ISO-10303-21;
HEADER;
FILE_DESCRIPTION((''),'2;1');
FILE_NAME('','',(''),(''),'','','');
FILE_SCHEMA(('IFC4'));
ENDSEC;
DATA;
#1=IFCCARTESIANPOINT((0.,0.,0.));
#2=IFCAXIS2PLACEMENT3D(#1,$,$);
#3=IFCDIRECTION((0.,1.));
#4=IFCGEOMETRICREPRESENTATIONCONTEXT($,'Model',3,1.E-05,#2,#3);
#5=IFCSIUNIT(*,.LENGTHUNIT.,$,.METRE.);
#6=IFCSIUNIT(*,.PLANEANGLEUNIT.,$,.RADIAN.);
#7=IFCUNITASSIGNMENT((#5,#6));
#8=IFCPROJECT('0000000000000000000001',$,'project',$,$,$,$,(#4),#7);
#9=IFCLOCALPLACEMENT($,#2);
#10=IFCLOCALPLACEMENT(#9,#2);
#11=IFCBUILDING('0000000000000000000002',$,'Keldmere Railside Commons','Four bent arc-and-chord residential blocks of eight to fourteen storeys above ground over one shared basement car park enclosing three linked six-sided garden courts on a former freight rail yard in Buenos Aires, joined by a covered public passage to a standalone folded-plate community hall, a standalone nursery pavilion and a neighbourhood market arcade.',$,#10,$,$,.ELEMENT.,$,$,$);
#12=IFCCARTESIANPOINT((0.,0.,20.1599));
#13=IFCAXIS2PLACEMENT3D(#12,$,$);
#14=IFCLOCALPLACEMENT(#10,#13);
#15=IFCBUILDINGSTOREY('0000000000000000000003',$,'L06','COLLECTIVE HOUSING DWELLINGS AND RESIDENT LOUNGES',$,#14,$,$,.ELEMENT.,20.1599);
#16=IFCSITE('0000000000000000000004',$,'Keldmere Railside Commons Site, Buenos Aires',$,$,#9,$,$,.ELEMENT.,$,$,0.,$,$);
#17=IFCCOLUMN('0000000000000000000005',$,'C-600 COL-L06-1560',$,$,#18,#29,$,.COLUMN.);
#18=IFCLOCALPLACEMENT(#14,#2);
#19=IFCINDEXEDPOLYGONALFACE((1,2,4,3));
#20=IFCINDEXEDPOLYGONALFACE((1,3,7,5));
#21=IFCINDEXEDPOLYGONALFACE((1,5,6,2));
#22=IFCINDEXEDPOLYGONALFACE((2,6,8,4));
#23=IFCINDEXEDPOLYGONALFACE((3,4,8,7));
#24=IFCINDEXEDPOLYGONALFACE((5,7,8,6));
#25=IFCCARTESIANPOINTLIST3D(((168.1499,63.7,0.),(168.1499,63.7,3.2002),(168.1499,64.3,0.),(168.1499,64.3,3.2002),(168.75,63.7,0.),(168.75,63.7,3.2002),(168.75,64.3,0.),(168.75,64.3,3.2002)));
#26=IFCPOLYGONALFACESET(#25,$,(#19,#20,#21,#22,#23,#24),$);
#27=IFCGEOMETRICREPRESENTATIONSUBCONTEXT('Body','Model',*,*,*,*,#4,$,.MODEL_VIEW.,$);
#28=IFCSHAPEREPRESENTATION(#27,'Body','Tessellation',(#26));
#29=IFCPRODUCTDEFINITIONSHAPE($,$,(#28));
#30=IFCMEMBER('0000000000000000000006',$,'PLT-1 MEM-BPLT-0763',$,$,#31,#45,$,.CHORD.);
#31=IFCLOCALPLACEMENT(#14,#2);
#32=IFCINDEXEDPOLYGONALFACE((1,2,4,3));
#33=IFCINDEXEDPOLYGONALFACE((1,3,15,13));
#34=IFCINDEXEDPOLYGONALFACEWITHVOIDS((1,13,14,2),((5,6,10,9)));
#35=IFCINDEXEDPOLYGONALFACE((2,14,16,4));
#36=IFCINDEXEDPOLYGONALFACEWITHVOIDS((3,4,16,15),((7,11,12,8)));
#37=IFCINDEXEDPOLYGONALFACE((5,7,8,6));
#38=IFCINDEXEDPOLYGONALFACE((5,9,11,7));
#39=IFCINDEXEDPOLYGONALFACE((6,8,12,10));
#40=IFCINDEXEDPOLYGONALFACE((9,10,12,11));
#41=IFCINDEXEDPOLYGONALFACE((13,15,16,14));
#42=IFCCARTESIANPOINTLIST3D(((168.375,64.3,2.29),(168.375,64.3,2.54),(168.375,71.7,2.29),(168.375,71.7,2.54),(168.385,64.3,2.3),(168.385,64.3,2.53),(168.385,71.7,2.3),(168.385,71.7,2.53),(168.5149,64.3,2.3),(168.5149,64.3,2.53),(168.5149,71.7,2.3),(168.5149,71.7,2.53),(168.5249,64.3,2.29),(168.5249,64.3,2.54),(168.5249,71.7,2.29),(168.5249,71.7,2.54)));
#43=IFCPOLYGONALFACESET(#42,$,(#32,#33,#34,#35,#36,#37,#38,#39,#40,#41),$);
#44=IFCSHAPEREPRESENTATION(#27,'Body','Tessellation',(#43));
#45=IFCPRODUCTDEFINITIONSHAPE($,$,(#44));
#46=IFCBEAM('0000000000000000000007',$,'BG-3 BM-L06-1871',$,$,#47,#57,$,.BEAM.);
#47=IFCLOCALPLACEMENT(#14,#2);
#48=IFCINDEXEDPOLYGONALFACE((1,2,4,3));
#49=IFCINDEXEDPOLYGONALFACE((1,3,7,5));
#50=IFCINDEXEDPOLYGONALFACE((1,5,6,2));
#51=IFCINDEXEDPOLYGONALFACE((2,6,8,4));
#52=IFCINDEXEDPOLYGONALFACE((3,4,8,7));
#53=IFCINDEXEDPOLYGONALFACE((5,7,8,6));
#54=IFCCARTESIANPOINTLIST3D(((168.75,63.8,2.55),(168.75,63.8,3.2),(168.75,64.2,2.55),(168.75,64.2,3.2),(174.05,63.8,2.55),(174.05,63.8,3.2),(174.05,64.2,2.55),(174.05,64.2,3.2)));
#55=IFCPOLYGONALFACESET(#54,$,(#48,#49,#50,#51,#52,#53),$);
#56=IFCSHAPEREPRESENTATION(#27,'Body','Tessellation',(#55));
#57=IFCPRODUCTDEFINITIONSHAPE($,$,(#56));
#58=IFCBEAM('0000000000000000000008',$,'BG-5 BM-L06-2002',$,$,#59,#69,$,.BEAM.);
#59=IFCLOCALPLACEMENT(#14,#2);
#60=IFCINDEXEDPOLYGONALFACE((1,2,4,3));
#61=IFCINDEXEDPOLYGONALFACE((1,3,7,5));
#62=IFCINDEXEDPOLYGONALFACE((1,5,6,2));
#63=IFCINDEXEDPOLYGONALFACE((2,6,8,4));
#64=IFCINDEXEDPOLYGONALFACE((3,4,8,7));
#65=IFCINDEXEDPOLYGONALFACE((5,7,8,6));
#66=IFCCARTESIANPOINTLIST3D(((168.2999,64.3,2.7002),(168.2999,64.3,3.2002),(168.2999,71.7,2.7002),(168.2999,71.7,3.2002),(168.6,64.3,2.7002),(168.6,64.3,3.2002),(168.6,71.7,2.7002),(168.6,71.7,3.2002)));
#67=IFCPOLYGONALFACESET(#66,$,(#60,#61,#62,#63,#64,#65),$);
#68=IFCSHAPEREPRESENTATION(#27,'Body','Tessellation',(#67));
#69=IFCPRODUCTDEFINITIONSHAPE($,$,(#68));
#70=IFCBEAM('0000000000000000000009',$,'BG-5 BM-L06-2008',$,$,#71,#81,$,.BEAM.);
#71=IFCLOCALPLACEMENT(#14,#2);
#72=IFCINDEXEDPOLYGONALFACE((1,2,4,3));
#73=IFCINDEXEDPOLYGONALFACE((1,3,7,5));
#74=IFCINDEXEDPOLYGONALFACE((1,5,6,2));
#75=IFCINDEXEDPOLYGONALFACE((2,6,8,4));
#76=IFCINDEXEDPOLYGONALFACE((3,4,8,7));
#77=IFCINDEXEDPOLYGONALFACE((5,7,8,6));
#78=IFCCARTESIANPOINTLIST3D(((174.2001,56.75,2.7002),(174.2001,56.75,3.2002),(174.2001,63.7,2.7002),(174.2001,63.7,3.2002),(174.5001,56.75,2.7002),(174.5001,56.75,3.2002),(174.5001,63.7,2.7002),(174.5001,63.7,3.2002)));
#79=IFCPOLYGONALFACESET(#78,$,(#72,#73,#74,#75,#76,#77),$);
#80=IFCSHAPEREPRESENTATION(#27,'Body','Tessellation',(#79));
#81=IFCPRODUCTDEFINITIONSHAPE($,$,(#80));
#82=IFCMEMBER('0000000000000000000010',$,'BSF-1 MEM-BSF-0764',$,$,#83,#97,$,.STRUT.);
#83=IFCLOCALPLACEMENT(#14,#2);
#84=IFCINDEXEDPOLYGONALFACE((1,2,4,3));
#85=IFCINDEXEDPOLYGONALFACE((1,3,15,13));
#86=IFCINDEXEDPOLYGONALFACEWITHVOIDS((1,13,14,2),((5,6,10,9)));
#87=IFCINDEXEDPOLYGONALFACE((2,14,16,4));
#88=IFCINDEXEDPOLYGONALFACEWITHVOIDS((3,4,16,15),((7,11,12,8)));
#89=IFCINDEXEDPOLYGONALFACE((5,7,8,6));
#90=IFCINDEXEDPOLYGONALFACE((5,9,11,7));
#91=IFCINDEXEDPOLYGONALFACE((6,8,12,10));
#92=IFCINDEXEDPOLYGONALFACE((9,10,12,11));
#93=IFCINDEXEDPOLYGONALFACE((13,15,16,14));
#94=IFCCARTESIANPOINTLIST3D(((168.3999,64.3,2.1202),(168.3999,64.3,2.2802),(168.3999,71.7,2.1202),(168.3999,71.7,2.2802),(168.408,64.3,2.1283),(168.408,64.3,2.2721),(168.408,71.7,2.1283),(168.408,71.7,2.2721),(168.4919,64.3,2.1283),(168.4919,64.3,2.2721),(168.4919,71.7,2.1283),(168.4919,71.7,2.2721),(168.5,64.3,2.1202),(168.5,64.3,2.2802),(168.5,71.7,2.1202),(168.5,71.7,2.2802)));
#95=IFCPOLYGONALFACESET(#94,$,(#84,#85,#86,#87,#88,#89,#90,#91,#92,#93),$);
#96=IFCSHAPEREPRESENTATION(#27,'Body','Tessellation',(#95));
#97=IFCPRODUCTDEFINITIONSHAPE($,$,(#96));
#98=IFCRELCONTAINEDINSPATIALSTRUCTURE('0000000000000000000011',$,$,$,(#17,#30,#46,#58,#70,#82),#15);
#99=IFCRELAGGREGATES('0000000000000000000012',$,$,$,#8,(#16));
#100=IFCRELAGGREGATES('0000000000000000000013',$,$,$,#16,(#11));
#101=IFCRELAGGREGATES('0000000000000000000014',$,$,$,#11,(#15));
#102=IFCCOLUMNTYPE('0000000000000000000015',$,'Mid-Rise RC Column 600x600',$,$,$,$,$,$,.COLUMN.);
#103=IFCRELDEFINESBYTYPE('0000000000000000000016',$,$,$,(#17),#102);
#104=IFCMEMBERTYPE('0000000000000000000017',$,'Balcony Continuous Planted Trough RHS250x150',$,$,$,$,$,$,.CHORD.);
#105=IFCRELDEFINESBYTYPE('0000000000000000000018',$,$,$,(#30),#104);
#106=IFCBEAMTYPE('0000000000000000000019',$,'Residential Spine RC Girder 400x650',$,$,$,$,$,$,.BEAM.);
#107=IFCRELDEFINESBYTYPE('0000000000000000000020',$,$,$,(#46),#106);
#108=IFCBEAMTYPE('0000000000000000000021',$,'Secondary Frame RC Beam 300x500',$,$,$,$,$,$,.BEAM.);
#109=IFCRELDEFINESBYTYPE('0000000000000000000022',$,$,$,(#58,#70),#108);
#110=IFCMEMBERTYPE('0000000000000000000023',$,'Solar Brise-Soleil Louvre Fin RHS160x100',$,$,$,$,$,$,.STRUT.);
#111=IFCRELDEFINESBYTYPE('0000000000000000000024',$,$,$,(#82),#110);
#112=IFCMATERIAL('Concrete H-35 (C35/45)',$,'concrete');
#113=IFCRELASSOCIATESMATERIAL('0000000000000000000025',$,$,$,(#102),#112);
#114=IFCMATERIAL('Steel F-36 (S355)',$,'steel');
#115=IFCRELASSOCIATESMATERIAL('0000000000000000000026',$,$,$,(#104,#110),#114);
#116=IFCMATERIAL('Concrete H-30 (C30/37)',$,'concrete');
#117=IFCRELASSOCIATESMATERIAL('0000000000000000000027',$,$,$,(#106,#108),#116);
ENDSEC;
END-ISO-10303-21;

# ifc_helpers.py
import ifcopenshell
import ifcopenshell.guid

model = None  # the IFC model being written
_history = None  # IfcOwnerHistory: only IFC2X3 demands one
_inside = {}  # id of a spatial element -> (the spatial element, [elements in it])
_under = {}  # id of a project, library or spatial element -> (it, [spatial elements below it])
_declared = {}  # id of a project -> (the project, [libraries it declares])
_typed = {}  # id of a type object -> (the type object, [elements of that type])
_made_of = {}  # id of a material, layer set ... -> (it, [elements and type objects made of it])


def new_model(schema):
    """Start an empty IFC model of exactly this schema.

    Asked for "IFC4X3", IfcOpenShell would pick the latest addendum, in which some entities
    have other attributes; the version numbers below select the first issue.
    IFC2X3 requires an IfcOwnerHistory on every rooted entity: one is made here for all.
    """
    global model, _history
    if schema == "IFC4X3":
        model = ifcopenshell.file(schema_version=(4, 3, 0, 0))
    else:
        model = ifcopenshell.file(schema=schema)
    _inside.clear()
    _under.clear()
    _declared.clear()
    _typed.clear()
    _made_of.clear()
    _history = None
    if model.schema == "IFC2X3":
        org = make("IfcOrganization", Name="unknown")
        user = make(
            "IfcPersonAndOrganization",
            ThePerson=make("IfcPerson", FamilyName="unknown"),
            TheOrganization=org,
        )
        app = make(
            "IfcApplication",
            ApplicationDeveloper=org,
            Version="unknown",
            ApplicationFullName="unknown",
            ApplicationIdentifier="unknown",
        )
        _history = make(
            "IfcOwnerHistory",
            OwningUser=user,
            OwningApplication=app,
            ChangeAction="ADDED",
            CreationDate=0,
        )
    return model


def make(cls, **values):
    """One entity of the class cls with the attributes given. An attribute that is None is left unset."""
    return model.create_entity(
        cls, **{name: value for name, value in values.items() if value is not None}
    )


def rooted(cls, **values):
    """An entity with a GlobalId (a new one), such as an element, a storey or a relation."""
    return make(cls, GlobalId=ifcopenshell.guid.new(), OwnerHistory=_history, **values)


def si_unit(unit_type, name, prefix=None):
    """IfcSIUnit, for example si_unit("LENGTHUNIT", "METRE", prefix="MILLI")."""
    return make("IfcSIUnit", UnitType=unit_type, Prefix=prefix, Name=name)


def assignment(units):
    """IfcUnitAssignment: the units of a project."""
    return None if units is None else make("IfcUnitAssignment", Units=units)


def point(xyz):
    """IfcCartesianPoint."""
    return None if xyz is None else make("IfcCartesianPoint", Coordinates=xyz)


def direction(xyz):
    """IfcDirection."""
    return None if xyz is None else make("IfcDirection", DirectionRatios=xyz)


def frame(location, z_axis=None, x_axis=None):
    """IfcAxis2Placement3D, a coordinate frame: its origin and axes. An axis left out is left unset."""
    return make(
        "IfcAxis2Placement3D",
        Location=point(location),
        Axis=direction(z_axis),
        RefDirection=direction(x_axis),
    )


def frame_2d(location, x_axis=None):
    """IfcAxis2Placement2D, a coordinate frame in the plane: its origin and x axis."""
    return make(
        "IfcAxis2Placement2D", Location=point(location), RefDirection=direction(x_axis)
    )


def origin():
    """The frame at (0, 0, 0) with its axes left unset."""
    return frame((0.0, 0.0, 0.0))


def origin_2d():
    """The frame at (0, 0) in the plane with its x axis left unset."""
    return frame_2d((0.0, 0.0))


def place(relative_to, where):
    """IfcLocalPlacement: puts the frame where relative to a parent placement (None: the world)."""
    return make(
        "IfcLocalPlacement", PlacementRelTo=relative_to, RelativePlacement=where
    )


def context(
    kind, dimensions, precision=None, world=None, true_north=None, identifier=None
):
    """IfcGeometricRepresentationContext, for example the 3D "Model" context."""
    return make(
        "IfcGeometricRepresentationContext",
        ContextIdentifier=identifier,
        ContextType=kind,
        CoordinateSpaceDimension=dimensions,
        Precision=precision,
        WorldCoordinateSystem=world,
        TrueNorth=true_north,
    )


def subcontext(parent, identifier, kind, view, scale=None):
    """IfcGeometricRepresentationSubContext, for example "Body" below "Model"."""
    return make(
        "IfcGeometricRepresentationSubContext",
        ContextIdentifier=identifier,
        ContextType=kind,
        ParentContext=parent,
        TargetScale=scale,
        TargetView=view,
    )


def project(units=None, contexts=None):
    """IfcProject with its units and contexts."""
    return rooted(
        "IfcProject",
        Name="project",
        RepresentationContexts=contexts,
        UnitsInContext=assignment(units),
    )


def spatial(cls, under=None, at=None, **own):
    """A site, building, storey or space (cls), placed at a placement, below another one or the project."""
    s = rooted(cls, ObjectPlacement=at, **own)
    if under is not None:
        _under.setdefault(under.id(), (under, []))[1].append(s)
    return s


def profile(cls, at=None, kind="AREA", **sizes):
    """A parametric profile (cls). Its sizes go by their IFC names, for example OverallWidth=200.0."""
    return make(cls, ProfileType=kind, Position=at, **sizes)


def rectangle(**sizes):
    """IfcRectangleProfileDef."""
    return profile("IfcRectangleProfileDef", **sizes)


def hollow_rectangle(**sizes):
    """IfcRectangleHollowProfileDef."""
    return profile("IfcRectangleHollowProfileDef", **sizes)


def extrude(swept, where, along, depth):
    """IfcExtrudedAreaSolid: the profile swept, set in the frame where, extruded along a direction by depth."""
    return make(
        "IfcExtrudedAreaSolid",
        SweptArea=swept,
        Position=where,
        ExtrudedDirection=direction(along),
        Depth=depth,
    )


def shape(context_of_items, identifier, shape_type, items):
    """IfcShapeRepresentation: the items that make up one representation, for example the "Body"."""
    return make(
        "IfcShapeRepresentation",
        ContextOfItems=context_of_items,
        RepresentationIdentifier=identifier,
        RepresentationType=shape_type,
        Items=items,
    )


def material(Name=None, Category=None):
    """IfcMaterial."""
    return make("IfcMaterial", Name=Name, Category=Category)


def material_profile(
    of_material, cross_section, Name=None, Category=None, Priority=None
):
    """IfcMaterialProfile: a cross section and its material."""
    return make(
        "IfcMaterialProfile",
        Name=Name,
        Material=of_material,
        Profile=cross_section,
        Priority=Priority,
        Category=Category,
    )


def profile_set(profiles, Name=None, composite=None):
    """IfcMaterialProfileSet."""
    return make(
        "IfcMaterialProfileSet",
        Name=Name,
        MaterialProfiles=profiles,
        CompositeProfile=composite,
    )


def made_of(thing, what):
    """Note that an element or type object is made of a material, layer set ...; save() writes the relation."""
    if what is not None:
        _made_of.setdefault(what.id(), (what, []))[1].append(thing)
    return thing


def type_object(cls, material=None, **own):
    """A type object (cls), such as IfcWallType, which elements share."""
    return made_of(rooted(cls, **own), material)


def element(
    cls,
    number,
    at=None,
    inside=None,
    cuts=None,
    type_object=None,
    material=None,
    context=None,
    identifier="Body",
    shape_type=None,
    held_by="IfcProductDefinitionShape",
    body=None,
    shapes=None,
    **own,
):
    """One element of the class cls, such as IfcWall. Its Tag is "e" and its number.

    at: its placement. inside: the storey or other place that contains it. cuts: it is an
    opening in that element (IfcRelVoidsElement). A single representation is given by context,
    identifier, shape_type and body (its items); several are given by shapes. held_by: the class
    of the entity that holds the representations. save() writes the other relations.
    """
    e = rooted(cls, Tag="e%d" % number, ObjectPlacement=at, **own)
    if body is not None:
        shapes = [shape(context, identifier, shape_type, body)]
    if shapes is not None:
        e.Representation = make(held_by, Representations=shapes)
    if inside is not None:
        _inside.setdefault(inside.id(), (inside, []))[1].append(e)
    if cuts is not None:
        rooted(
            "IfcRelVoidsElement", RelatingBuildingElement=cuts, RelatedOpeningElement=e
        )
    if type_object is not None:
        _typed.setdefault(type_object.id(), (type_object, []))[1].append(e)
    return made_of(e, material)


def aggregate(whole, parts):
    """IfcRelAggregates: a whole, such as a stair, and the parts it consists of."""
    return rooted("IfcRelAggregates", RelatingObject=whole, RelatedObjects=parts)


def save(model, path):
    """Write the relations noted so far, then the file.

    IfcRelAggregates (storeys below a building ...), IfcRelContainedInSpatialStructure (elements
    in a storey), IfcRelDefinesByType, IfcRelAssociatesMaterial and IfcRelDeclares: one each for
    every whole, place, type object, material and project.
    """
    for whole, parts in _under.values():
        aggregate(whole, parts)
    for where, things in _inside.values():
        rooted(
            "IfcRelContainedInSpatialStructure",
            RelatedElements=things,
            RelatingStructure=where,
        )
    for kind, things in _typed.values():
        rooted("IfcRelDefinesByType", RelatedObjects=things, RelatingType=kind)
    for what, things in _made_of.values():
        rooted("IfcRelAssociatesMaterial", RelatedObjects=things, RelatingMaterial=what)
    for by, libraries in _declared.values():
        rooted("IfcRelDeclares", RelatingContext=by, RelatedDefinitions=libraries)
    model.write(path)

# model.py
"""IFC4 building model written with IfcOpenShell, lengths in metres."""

from ifc_helpers import new_model, si_unit, direction, frame, origin, origin_2d, place, context, subcontext, project, spatial, rectangle, hollow_rectangle, extrude, material, material_profile, profile_set, type_object, element, save


model = new_model("IFC4")

# Units and contexts
model_context = context("Model", 3, precision=1e-05, world=origin(), true_north=direction((0.0, 1.0)))
body_context = subcontext(model_context, "Body", "Model", "MODEL_VIEW")
ifc_project = project(units=[si_unit("LENGTHUNIT", "METRE"), si_unit("PLANEANGLEUNIT", "RADIAN")], contexts=[model_context])

# Site, building, storey
site_placement = place(None, origin())
site = spatial("IfcSite", under=ifc_project, at=site_placement, Name="Keldmere Railside Commons Site, Buenos Aires", CompositionType="ELEMENT", RefElevation=0.0)
building_placement = place(site_placement, origin())
building = spatial("IfcBuilding", under=site, at=building_placement, Name="Keldmere Railside Commons", Description="Four bent arc-and-chord residential blocks of eight to fourteen storeys above ground over one shared basement car park enclosing three linked six-sided garden courts on a former freight rail yard in Buenos Aires, joined by a covered public passage to a standalone folded-plate community hall, a standalone nursery pavilion and a neighbourhood market arcade.", CompositionType="ELEMENT")
storey_placement = place(building_placement, frame((0.0, 0.0, 20.1599)))
storey = spatial("IfcBuildingStorey", under=building, at=storey_placement, Name="L06", Description="COLLECTIVE HOUSING DWELLINGS AND RESIDENT LOUNGES", CompositionType="ELEMENT", Elevation=20.1599)

# Column
ifc_material_1 = material(Name="Concrete H-35 (C35/45)", Category="concrete")
ifc_material_profile_1 = material_profile(ifc_material_1, rectangle(XDim=0.6001, YDim=0.6001, at=origin_2d()), Name="RC-600x600")
ifc_profile_set_1 = profile_set([ifc_material_profile_1], Name="Concrete H-35 (C35/45)")
column_type = type_object("IfcColumnType", Name="Mid-Rise RC Column 600x600", PredefinedType="COLUMN", material=ifc_profile_set_1)
column_placement = place(storey_placement, frame((168.45, 64.0, 0.0), z_axis=(0.0, 0.0, 1.0), x_axis=(1.0, 0.0, 0.0)))
element("IfcColumn", 1, at=column_placement, inside=storey, type_object=column_type, Name="C-600 COL-L06-1560", PredefinedType="COLUMN", context=body_context, shape_type="SweptSolid", body=[
    extrude(rectangle(XDim=0.6001, YDim=0.6001, at=origin_2d()), origin(), (0.0, 0.0, 1.0), 3.2002),
])

# Member
ifc_material_2 = material(Name="Steel F-36 (S355)", Category="steel")
ifc_material_profile_2 = material_profile(ifc_material_2, hollow_rectangle(XDim=0.1499, YDim=0.25, WallThickness=0.01, at=origin_2d()), Name="RHS-250x150x10")
ifc_profile_set_2 = profile_set([ifc_material_profile_2], Name="Steel F-36 (S355)")
member_type_1 = type_object("IfcMemberType", Name="Balcony Continuous Planted Trough RHS250x150", PredefinedType="CHORD", material=ifc_profile_set_2)
member_1_placement = place(storey_placement, frame((168.45, 64.3, 2.415), z_axis=(0.0, 1.0, 0.0), x_axis=(-1.0, 0.0, 0.0)))
element("IfcMember", 2, at=member_1_placement, inside=storey, type_object=member_type_1, Name="PLT-1 MEM-BPLT-0763", PredefinedType="CHORD", context=body_context, shape_type="SweptSolid", body=[
    extrude(hollow_rectangle(XDim=0.1499, YDim=0.25, WallThickness=0.01, at=origin_2d()), origin(), (0.0, 0.0, 1.0), 7.3999),
])

# Beams
ifc_material_3 = material(Name="Concrete H-30 (C30/37)", Category="concrete")
ifc_material_profile_3 = material_profile(ifc_material_3, rectangle(XDim=0.3999, YDim=0.6499, at=origin_2d()), Name="RC-400x650")
ifc_profile_set_3 = profile_set([ifc_material_profile_3], Name="Concrete H-30 (C30/37)")
beam_type_1 = type_object("IfcBeamType", Name="Residential Spine RC Girder 400x650", PredefinedType="BEAM", material=ifc_profile_set_3)
beam_1_placement = place(storey_placement, frame((168.75, 64.0, 2.875), z_axis=(1.0, 0.0, 0.0), x_axis=(0.0, 1.0, 0.0)))
element("IfcBeam", 3, at=beam_1_placement, inside=storey, type_object=beam_type_1, Name="BG-3 BM-L06-1871", PredefinedType="BEAM", context=body_context, shape_type="SweptSolid", body=[
    extrude(rectangle(XDim=0.3999, YDim=0.6499, at=origin_2d()), origin(), (0.0, 0.0, 1.0), 5.3),
])
ifc_material_profile_4 = material_profile(ifc_material_3, rectangle(XDim=0.3, YDim=0.5, at=origin_2d()), Name="RC-300x500")
ifc_profile_set_4 = profile_set([ifc_material_profile_4], Name="Concrete H-30 (C30/37)")
beam_type_2 = type_object("IfcBeamType", Name="Secondary Frame RC Beam 300x500", PredefinedType="BEAM", material=ifc_profile_set_4)
beam_2_placement = place(storey_placement, frame((168.45, 64.3, 2.9502), z_axis=(0.0, 1.0, 0.0), x_axis=(-1.0, 0.0, 0.0)))
element("IfcBeam", 4, at=beam_2_placement, inside=storey, type_object=beam_type_2, Name="BG-5 BM-L06-2002", PredefinedType="BEAM", context=body_context, shape_type="SweptSolid", body=[
    extrude(rectangle(XDim=0.3, YDim=0.5, at=origin_2d()), origin(), (0.0, 0.0, 1.0), 7.3999),
])
beam_3_placement = place(storey_placement, frame((174.3501, 56.75, 2.9502), z_axis=(0.0, 1.0, 0.0), x_axis=(-1.0, 0.0, 0.0)))
element("IfcBeam", 5, at=beam_3_placement, inside=storey, type_object=beam_type_2, Name="BG-5 BM-L06-2008", PredefinedType="BEAM", context=body_context, shape_type="SweptSolid", body=[
    extrude(rectangle(XDim=0.3, YDim=0.5, at=origin_2d()), origin(), (0.0, 0.0, 1.0), 6.95),
])

# Member
ifc_material_profile_5 = material_profile(ifc_material_2, hollow_rectangle(XDim=0.1001, YDim=0.1599, WallThickness=0.0081, at=origin_2d()), Name="RHS-160x100x8")
ifc_profile_set_5 = profile_set([ifc_material_profile_5], Name="Steel F-36 (S355)")
member_type_2 = type_object("IfcMemberType", Name="Solar Brise-Soleil Louvre Fin RHS160x100", PredefinedType="STRUT", material=ifc_profile_set_5)
member_2_placement = place(storey_placement, frame((168.45, 64.3, 2.2002), z_axis=(0.0, 1.0, 0.0), x_axis=(-1.0, 0.0, 0.0)))
element("IfcMember", 6, at=member_2_placement, inside=storey, type_object=member_type_2, Name="BSF-1 MEM-BSF-0764", PredefinedType="STRUT", context=body_context, shape_type="SweptSolid", body=[
    extrude(hollow_rectangle(XDim=0.1001, YDim=0.1599, WallThickness=0.0081, at=origin_2d()), origin(), (0.0, 0.0, 1.0), 7.3999),
])

save(model, "model.ifc")
